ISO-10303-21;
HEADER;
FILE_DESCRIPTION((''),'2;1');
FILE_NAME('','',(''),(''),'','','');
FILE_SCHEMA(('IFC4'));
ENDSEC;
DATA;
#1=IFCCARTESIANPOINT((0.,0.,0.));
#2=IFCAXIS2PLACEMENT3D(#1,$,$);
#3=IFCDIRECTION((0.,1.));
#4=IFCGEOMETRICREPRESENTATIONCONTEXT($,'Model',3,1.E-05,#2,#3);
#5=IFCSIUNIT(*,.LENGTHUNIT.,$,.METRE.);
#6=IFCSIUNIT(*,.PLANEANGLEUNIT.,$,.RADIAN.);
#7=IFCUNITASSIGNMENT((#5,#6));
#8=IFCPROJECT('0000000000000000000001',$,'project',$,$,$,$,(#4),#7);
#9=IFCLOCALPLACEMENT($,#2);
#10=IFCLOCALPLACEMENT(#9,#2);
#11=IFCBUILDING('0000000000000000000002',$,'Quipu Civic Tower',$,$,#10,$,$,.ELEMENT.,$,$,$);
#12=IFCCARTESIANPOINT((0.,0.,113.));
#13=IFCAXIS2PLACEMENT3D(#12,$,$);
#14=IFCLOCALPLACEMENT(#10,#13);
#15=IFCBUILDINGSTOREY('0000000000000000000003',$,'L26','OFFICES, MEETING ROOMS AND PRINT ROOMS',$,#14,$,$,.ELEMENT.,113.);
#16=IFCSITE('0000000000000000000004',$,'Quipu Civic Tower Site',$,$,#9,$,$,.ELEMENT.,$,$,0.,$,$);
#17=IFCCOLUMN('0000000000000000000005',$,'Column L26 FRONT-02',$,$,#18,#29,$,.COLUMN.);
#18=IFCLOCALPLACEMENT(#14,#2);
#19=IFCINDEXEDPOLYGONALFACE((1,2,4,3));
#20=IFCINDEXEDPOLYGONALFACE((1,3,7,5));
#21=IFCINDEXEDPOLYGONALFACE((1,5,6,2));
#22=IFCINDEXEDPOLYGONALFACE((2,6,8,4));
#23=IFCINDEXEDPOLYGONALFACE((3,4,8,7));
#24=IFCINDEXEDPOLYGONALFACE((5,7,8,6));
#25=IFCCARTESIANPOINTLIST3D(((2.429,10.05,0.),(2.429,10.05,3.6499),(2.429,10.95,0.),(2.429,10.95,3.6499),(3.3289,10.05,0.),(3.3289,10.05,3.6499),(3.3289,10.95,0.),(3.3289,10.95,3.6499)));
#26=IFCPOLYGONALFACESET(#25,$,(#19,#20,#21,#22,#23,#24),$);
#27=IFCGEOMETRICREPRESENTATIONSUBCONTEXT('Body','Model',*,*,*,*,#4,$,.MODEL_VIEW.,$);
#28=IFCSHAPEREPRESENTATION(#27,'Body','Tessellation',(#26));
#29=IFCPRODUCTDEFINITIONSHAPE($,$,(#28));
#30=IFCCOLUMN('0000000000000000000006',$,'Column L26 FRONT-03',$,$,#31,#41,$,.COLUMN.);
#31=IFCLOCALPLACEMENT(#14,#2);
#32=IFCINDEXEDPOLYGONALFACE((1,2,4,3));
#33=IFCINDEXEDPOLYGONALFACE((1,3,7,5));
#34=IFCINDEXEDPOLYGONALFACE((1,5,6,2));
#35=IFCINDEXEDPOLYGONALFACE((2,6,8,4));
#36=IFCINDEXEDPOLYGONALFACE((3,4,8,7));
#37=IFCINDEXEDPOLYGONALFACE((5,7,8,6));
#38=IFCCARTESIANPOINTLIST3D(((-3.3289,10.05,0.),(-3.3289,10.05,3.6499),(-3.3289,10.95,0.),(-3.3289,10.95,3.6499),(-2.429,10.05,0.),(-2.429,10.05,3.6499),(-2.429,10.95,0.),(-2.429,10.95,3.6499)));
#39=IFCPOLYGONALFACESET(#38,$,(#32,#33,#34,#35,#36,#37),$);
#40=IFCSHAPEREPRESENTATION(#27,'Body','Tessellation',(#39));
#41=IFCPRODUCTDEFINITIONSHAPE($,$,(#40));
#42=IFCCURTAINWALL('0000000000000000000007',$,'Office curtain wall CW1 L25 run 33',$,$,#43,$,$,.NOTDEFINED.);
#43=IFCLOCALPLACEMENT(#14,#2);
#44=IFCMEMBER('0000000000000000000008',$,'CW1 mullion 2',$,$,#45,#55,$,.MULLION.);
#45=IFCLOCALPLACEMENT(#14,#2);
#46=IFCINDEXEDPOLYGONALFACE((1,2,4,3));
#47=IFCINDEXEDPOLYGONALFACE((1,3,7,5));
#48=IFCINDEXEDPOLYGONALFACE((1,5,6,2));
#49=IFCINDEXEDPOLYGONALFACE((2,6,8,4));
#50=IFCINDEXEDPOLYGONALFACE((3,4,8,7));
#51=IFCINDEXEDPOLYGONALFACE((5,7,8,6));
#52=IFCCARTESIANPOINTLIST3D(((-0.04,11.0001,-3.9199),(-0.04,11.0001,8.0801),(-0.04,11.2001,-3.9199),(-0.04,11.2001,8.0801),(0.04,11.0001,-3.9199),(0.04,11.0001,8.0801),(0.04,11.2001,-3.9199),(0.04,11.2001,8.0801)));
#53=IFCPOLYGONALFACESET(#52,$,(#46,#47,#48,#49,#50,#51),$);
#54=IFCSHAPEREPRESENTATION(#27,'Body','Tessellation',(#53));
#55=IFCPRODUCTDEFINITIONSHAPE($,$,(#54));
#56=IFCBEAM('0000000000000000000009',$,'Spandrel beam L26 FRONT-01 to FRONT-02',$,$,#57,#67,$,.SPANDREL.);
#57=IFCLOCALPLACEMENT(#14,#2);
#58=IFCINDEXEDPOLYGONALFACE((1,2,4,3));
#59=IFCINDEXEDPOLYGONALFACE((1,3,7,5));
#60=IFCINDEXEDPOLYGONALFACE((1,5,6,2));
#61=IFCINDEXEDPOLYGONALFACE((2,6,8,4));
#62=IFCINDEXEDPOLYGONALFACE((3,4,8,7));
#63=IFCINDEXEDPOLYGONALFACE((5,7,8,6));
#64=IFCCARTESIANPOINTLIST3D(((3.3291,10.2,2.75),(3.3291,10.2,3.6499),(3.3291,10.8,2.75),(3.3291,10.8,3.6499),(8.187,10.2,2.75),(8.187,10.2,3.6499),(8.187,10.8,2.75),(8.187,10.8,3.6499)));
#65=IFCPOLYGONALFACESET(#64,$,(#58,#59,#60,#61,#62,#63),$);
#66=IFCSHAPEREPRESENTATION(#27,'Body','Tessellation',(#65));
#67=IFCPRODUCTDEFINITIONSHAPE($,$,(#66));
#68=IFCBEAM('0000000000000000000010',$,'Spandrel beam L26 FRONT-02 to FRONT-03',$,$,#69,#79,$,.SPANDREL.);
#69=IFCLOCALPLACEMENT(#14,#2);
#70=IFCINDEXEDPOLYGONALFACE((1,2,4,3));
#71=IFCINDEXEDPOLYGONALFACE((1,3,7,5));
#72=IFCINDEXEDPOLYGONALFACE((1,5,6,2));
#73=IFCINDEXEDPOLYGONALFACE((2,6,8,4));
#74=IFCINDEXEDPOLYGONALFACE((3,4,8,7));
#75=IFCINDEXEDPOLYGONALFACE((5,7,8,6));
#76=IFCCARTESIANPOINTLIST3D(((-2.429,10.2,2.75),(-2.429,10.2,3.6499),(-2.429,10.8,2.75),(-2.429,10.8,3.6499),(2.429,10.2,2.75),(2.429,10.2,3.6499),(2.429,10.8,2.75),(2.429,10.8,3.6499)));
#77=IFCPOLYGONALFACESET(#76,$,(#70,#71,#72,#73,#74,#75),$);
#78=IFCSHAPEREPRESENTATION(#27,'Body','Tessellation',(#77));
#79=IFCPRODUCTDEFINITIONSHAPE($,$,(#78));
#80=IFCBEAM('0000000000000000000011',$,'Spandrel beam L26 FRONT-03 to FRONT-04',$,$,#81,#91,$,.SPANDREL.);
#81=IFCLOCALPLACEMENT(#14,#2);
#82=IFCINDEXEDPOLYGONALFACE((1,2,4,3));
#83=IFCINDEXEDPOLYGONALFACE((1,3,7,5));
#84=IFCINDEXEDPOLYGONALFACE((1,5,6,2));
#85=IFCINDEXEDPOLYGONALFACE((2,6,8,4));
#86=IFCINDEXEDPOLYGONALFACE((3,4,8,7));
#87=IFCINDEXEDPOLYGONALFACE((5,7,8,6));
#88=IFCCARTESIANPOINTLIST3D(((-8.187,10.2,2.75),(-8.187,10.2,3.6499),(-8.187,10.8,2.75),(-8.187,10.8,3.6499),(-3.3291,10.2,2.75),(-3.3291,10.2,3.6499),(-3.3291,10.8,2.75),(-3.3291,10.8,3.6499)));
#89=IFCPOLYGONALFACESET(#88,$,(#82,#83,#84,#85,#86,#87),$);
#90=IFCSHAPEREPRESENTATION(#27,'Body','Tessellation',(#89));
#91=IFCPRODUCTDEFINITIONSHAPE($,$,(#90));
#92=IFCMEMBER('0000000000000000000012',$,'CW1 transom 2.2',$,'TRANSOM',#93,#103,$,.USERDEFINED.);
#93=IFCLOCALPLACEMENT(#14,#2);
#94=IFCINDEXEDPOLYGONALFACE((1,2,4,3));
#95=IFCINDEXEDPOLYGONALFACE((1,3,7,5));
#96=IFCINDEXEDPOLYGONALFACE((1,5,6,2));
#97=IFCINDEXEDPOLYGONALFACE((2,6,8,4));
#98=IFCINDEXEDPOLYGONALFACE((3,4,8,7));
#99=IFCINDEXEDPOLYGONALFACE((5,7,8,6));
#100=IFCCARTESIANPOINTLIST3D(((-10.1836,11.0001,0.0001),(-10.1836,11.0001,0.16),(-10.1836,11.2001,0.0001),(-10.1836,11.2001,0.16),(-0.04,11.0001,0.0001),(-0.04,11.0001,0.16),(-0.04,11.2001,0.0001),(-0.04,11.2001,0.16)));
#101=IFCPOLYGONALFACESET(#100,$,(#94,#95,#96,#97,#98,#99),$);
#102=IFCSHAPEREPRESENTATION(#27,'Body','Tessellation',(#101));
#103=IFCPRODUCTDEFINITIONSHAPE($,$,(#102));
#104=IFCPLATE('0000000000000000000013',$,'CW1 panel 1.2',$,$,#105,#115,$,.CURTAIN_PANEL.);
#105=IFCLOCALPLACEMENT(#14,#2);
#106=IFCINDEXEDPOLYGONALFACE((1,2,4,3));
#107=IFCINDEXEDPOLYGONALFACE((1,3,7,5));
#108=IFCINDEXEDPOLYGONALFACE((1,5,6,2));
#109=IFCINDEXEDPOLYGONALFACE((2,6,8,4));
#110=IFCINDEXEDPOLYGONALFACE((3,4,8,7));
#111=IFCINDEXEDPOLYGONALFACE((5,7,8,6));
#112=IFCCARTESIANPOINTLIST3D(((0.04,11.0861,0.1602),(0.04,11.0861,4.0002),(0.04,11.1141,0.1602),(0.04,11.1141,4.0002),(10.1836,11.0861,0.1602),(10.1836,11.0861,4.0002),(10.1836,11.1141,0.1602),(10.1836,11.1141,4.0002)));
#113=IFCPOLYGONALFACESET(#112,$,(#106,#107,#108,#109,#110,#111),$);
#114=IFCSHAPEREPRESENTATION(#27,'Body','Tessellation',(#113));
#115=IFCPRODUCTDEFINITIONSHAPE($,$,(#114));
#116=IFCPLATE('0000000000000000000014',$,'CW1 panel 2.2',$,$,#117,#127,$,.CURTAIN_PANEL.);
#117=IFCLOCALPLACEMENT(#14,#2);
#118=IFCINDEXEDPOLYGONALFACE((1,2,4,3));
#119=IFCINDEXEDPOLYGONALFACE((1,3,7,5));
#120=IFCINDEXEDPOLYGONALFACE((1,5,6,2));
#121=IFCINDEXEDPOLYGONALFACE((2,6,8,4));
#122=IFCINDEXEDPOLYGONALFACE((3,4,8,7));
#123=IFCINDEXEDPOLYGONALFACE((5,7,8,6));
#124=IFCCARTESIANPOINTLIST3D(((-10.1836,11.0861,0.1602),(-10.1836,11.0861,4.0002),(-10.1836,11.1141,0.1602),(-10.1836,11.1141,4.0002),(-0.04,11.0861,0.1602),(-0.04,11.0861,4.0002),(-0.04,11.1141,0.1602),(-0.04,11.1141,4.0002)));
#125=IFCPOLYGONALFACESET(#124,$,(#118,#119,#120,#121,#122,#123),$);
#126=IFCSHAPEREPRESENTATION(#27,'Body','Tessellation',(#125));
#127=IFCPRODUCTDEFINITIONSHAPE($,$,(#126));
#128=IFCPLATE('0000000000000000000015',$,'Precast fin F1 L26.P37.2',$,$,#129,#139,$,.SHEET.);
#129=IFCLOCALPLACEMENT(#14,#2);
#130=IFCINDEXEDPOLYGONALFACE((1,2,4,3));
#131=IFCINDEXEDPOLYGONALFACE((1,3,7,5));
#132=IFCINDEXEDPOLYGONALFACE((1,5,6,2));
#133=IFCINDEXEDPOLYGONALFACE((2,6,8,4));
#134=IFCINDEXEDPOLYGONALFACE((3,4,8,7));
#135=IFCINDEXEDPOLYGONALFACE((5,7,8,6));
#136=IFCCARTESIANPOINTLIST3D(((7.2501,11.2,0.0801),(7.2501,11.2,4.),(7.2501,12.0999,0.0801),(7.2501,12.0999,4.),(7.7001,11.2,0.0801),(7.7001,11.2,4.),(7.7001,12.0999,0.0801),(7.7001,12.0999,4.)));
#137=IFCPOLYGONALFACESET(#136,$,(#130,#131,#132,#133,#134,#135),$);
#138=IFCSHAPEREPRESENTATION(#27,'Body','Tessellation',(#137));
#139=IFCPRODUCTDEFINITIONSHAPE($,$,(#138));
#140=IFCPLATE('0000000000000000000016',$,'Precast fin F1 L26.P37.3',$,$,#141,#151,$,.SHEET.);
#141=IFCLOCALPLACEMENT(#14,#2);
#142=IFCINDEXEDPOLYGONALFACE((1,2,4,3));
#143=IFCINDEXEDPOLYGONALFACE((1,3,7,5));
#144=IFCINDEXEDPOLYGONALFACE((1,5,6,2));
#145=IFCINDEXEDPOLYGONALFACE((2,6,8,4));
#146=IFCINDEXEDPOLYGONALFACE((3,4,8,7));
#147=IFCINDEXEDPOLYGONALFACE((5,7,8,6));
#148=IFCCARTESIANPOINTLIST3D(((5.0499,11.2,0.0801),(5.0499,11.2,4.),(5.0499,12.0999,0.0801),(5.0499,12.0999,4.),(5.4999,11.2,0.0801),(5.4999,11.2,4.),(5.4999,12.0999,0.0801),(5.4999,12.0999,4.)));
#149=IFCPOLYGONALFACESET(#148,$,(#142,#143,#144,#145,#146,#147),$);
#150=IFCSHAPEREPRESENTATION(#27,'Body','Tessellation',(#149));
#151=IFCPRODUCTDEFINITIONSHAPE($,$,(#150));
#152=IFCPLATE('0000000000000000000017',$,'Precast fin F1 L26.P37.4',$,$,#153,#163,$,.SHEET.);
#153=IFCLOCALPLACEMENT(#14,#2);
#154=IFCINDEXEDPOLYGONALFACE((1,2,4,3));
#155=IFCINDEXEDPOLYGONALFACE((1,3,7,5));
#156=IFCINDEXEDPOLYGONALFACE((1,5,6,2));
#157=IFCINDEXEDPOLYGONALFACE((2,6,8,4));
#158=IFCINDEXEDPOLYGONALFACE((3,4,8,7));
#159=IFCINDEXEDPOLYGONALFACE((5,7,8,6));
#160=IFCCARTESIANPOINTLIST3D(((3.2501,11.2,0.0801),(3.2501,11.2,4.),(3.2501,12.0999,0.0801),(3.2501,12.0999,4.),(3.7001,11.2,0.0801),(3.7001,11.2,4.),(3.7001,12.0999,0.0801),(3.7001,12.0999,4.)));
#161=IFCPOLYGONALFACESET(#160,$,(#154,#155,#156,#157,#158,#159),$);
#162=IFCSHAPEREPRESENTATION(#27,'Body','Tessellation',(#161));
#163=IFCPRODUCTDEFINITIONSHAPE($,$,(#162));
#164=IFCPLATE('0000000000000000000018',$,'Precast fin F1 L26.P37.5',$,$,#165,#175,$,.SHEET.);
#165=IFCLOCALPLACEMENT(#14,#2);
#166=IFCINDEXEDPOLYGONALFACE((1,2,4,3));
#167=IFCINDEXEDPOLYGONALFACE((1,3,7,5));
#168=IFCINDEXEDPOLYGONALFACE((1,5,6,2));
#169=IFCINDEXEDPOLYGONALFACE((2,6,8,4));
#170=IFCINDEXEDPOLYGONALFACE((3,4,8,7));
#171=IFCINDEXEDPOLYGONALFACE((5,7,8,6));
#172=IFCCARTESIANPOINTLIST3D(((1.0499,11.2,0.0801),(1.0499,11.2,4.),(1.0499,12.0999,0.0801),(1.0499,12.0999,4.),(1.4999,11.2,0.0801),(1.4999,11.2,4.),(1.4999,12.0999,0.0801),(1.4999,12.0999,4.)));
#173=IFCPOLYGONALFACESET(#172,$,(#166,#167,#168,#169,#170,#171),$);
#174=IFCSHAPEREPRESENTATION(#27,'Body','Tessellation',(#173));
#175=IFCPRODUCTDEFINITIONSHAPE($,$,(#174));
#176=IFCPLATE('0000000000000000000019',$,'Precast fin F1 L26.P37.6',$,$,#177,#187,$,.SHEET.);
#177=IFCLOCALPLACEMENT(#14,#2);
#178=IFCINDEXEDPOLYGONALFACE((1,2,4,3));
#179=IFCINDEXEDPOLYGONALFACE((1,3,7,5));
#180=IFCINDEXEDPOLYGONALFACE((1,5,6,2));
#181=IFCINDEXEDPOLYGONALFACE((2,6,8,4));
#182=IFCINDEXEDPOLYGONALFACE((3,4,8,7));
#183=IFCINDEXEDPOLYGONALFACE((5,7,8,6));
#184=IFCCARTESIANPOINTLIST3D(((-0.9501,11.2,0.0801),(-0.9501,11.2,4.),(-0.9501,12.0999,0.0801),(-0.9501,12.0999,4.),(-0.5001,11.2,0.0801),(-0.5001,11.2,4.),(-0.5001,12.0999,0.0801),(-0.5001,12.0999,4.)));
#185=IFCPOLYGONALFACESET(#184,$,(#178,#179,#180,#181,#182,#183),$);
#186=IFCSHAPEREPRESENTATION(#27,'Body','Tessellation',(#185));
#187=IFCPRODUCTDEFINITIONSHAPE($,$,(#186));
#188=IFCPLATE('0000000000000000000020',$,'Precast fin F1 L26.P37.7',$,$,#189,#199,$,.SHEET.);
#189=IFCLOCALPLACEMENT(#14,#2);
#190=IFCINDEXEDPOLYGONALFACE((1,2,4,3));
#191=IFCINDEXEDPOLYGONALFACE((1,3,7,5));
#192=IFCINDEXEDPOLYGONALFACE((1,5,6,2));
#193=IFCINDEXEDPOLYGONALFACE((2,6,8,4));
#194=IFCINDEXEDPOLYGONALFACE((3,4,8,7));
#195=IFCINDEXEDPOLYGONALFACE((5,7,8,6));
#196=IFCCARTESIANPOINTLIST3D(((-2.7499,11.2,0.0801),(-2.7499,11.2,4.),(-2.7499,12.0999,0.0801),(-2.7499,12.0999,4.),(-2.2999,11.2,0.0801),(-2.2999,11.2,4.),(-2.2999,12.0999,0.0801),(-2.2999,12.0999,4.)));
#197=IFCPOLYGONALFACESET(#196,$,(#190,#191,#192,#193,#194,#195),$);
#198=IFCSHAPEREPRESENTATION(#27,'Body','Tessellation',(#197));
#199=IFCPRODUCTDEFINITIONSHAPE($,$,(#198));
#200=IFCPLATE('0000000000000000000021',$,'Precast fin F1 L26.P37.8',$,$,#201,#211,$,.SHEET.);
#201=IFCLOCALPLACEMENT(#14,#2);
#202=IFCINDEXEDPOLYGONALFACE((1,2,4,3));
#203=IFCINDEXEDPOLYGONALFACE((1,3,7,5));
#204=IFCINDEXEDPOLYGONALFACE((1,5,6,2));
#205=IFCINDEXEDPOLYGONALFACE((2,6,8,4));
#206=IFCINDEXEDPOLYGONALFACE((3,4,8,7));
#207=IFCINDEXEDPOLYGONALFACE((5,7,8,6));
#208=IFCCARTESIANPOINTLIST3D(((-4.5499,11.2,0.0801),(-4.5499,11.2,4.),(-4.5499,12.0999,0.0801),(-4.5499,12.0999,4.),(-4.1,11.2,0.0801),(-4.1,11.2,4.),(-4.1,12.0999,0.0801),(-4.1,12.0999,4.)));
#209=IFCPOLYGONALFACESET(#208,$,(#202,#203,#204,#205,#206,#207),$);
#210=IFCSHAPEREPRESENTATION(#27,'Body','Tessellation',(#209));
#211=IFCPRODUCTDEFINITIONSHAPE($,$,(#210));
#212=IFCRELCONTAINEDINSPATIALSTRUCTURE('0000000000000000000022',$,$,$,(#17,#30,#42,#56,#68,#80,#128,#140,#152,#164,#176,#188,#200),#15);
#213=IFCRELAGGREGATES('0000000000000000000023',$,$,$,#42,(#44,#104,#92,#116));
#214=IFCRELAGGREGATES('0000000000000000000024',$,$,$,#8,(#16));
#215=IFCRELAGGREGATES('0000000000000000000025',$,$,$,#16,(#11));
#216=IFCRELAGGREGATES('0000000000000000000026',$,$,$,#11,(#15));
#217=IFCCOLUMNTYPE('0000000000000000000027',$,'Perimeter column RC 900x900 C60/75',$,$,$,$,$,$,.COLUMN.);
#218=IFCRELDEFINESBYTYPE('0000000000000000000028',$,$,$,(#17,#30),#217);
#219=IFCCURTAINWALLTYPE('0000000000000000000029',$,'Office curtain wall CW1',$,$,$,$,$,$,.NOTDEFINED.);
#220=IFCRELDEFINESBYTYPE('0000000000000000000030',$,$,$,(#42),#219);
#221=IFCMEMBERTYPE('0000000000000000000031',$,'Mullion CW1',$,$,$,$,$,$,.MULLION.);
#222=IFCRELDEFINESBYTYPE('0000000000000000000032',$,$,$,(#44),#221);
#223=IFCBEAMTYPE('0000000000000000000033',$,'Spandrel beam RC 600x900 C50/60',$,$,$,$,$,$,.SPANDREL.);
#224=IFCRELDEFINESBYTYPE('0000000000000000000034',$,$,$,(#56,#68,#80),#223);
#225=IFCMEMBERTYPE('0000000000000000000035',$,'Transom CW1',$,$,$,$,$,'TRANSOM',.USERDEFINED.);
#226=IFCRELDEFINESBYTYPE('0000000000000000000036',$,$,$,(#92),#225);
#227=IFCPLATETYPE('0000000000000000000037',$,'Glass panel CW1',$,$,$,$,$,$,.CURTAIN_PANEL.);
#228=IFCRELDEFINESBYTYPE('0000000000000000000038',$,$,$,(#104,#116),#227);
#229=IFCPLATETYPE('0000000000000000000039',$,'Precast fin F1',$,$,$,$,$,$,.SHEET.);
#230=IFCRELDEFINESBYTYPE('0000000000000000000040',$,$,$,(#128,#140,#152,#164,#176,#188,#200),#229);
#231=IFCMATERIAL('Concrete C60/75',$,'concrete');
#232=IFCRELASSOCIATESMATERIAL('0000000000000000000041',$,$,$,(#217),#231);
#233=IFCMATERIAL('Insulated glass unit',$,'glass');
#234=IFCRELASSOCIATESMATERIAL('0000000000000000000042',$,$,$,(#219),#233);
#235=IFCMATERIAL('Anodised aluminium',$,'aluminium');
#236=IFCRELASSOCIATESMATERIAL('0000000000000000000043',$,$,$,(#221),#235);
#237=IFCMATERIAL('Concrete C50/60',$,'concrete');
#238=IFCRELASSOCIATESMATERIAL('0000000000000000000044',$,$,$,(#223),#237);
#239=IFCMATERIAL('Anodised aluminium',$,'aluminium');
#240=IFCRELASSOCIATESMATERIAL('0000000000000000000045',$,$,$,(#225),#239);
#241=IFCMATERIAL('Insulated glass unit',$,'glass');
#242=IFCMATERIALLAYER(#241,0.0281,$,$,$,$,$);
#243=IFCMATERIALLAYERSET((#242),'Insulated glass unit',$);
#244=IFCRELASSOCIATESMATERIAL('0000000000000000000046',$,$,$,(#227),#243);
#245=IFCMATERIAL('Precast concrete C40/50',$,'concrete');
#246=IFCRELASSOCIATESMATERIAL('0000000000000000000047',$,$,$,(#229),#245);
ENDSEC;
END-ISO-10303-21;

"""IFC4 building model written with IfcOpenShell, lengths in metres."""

from ifc_helpers import new_model, si_unit, direction, frame, origin, origin_2d, place, context, subcontext, project, spatial, rectangle, extrude, material, layer, layer_set, material_profile, profile_set, type_object, element, aggregate, save


model = new_model("IFC4")

# Units and contexts
model_context = context("Model", 3, precision=1e-05, world=origin(), true_north=direction((0.0, 1.0)))
body_context = subcontext(model_context, "Body", "Model", "MODEL_VIEW")
ifc_project = project(units=[si_unit("LENGTHUNIT", "METRE"), si_unit("PLANEANGLEUNIT", "RADIAN")], contexts=[model_context])

# Site, building, storey
site_placement = place(None, origin())
site = spatial("IfcSite", under=ifc_project, at=site_placement, Name="Quipu Civic Tower Site", CompositionType="ELEMENT", RefElevation=0.0)
building_placement = place(site_placement, origin())
building = spatial("IfcBuilding", under=site, at=building_placement, Name="Quipu Civic Tower", CompositionType="ELEMENT")
storey_placement = place(building_placement, frame((0.0, 0.0, 113.0)))
storey = spatial("IfcBuildingStorey", under=building, at=storey_placement, Name="L26", Description="OFFICES, MEETING ROOMS AND PRINT ROOMS", CompositionType="ELEMENT", Elevation=113.0)

# Columns
ifc_material_1 = material(Name="Concrete C60/75", Category="concrete")
ifc_material_profile_1 = material_profile(ifc_material_1, rectangle(XDim=0.8999, YDim=0.8999, at=origin_2d()), Name="RC900x900")
ifc_profile_set_1 = profile_set([ifc_material_profile_1], Name="Concrete C60/75")
column_type = type_object("IfcColumnType", Name="Perimeter column RC 900x900 C60/75", PredefinedType="COLUMN", material=ifc_profile_set_1)
for number, where, z_axis, x_axis, name in (
    (1, (2.8789, 10.5, 0.0), (0.0, 0.0, 1.0), (-1.0, 0.0, 0.0), "Column L26 FRONT-02"),
    (2, (-2.8789, 10.5, 0.0), (0.0, 0.0, 1.0), (-1.0, 0.0, 0.0), "Column L26 FRONT-03"),
):
    element("IfcColumn", number, at=place(storey_placement, frame(where, z_axis=z_axis, x_axis=x_axis)), inside=storey, type_object=column_type, Name=name, PredefinedType="COLUMN", context=body_context, shape_type="SweptSolid", body=[
        extrude(rectangle(XDim=0.8999, YDim=0.8999, at=origin_2d()), origin(), (0.0, 0.0, 1.0), 3.6499),
    ])

# Curtain wall, member
ifc_material_2 = material(Name="Insulated glass unit", Category="glass")
curtain_wall_type = type_object("IfcCurtainWallType", Name="Office curtain wall CW1", PredefinedType="NOTDEFINED", material=ifc_material_2)
curtain_wall_placement = place(storey_placement, origin())
curtain_wall = element("IfcCurtainWall", 3, at=curtain_wall_placement, inside=storey, type_object=curtain_wall_type, Name="Office curtain wall CW1 L25 run 33", PredefinedType="NOTDEFINED")
ifc_material_3 = material(Name="Anodised aluminium", Category="aluminium")
ifc_material_profile_2 = material_profile(ifc_material_3, rectangle(XDim=0.2, YDim=0.0801, at=origin_2d()), Name="RECT 200x80")
ifc_profile_set_2 = profile_set([ifc_material_profile_2], Name="Anodised aluminium")
member_type_1 = type_object("IfcMemberType", Name="Mullion CW1", PredefinedType="MULLION", material=ifc_profile_set_2)
member_1_placement = place(storey_placement, frame((0.0, 11.1001, -3.9199), z_axis=(0.0, 0.0, 1.0), x_axis=(0.0, -1.0, 0.0)))
member_1 = element("IfcMember", 4, at=member_1_placement, type_object=member_type_1, Name="CW1 mullion 2", PredefinedType="MULLION", context=body_context, shape_type="SweptSolid", body=[
    extrude(rectangle(XDim=0.2, YDim=0.0801, at=origin_2d()), origin(), (0.0, 0.0, 1.0), 12.0),
])

# Beams
ifc_material_4 = material(Name="Concrete C50/60", Category="concrete")
ifc_material_profile_3 = material_profile(ifc_material_4, rectangle(XDim=0.6001, YDim=0.8999, at=origin_2d()), Name="RC600x900")
ifc_profile_set_3 = profile_set([ifc_material_profile_3], Name="Concrete C50/60")
beam_type = type_object("IfcBeamType", Name="Spandrel beam RC 600x900 C50/60", PredefinedType="SPANDREL", material=ifc_profile_set_3)
for number, where, z_axis, x_axis, name in (
    (5, (8.187, 10.5, 3.2), (-1.0, 0.0, 0.0), (0.0, -1.0, 0.0), "Spandrel beam L26 FRONT-01 to FRONT-02"),
    (6, (2.429, 10.5, 3.2), (-1.0, 0.0, 0.0), (0.0, -1.0, 0.0), "Spandrel beam L26 FRONT-02 to FRONT-03"),
    (7, (-3.3291, 10.5, 3.2), (-1.0, 0.0, 0.0), (0.0, -1.0, 0.0), "Spandrel beam L26 FRONT-03 to FRONT-04"),
):
    element("IfcBeam", number, at=place(storey_placement, frame(where, z_axis=z_axis, x_axis=x_axis)), inside=storey, type_object=beam_type, Name=name, PredefinedType="SPANDREL", context=body_context, shape_type="SweptSolid", body=[
        extrude(rectangle(XDim=0.6001, YDim=0.8999, at=origin_2d()), origin(), (0.0, 0.0, 1.0), 4.8579),
    ])

# Member
ifc_material_5 = material(Name="Anodised aluminium", Category="aluminium")
ifc_material_profile_4 = material_profile(ifc_material_5, rectangle(XDim=0.2, YDim=0.1599, at=origin_2d()), Name="RECT 200x160")
ifc_profile_set_4 = profile_set([ifc_material_profile_4], Name="Anodised aluminium")
member_type_2 = type_object("IfcMemberType", Name="Transom CW1", ElementType="TRANSOM", PredefinedType="USERDEFINED", material=ifc_profile_set_4)
member_2_placement = place(storey_placement, frame((-0.04, 11.1001, 0.0801), z_axis=(-1.0, 0.0, 0.0), x_axis=(0.0, -1.0, 0.0)))
member_2 = element("IfcMember", 8, at=member_2_placement, type_object=member_type_2, Name="CW1 transom 2.2", ObjectType="TRANSOM", PredefinedType="USERDEFINED", context=body_context, shape_type="SweptSolid", body=[
    extrude(rectangle(XDim=0.2, YDim=0.1599, at=origin_2d()), origin(), (0.0, 0.0, 1.0), 10.1436),
])

# Plates
ifc_material_6 = material(Name="Insulated glass unit", Category="glass")
ifc_layer_1 = layer(ifc_material_6, 0.0281)
ifc_layer_set_1 = layer_set([ifc_layer_1], Name="Insulated glass unit")
plate_type_1 = type_object("IfcPlateType", Name="Glass panel CW1", PredefinedType="CURTAIN_PANEL", material=ifc_layer_set_1)
plate_1_placement = place(storey_placement, frame((5.1118, 11.1001, 0.1602), z_axis=(0.0, 0.0, 1.0), x_axis=(-1.0, 0.0, 0.0)))
plate_1 = element("IfcPlate", 9, at=plate_1_placement, type_object=plate_type_1, Name="CW1 panel 1.2", PredefinedType="CURTAIN_PANEL", context=body_context, shape_type="SweptSolid", body=[
    extrude(rectangle(XDim=10.1436, YDim=0.0281, at=origin_2d()), origin(), (0.0, 0.0, 1.0), 3.8401),
])
plate_2_placement = place(storey_placement, frame((-5.1118, 11.1001, 0.1602), z_axis=(0.0, 0.0, 1.0), x_axis=(-1.0, 0.0, 0.0)))
plate_2 = element("IfcPlate", 10, at=plate_2_placement, type_object=plate_type_1, Name="CW1 panel 2.2", PredefinedType="CURTAIN_PANEL", context=body_context, shape_type="SweptSolid", body=[
    extrude(rectangle(XDim=10.1436, YDim=0.0281, at=origin_2d()), origin(), (0.0, 0.0, 1.0), 3.8401),
])
aggregate(curtain_wall, [member_1, plate_1, member_2, plate_2])

# Plates
ifc_material_7 = material(Name="Precast concrete C40/50", Category="concrete")
plate_type_2 = type_object("IfcPlateType", Name="Precast fin F1", PredefinedType="SHEET", material=ifc_material_7)
for number, where, z_axis, x_axis, name in (
    (11, (7.4751, 11.6499, 0.0801), (0.0, 0.0, 1.0), (-1.0, 0.0, 0.0), "Precast fin F1 L26.P37.2"),
    (12, (5.2749, 11.6499, 0.0801), (0.0, 0.0, 1.0), (-1.0, 0.0, 0.0), "Precast fin F1 L26.P37.3"),
    (13, (3.4751, 11.6499, 0.0801), (0.0, 0.0, 1.0), (-1.0, 0.0, 0.0), "Precast fin F1 L26.P37.4"),
    (14, (1.2749, 11.6499, 0.0801), (0.0, 0.0, 1.0), (-1.0, 0.0, 0.0), "Precast fin F1 L26.P37.5"),
    (15, (-0.7251, 11.6499, 0.0801), (0.0, 0.0, 1.0), (-1.0, 0.0, 0.0), "Precast fin F1 L26.P37.6"),
    (16, (-2.5249, 11.6499, 0.0801), (0.0, 0.0, 1.0), (-1.0, 0.0, 0.0), "Precast fin F1 L26.P37.7"),
    (17, (-4.325, 11.6499, 0.0801), (0.0, 0.0, 1.0), (-1.0, 0.0, 0.0), "Precast fin F1 L26.P37.8"),
):
    element("IfcPlate", number, at=place(storey_placement, frame(where, z_axis=z_axis, x_axis=x_axis)), inside=storey, type_object=plate_type_2, Name=name, PredefinedType="SHEET", context=body_context, shape_type="SweptSolid", body=[
        extrude(rectangle(XDim=0.45, YDim=0.8999, at=origin_2d()), origin(), (0.0, 0.0, 1.0), 3.9199),
    ])

save(model, "model.ifc")
